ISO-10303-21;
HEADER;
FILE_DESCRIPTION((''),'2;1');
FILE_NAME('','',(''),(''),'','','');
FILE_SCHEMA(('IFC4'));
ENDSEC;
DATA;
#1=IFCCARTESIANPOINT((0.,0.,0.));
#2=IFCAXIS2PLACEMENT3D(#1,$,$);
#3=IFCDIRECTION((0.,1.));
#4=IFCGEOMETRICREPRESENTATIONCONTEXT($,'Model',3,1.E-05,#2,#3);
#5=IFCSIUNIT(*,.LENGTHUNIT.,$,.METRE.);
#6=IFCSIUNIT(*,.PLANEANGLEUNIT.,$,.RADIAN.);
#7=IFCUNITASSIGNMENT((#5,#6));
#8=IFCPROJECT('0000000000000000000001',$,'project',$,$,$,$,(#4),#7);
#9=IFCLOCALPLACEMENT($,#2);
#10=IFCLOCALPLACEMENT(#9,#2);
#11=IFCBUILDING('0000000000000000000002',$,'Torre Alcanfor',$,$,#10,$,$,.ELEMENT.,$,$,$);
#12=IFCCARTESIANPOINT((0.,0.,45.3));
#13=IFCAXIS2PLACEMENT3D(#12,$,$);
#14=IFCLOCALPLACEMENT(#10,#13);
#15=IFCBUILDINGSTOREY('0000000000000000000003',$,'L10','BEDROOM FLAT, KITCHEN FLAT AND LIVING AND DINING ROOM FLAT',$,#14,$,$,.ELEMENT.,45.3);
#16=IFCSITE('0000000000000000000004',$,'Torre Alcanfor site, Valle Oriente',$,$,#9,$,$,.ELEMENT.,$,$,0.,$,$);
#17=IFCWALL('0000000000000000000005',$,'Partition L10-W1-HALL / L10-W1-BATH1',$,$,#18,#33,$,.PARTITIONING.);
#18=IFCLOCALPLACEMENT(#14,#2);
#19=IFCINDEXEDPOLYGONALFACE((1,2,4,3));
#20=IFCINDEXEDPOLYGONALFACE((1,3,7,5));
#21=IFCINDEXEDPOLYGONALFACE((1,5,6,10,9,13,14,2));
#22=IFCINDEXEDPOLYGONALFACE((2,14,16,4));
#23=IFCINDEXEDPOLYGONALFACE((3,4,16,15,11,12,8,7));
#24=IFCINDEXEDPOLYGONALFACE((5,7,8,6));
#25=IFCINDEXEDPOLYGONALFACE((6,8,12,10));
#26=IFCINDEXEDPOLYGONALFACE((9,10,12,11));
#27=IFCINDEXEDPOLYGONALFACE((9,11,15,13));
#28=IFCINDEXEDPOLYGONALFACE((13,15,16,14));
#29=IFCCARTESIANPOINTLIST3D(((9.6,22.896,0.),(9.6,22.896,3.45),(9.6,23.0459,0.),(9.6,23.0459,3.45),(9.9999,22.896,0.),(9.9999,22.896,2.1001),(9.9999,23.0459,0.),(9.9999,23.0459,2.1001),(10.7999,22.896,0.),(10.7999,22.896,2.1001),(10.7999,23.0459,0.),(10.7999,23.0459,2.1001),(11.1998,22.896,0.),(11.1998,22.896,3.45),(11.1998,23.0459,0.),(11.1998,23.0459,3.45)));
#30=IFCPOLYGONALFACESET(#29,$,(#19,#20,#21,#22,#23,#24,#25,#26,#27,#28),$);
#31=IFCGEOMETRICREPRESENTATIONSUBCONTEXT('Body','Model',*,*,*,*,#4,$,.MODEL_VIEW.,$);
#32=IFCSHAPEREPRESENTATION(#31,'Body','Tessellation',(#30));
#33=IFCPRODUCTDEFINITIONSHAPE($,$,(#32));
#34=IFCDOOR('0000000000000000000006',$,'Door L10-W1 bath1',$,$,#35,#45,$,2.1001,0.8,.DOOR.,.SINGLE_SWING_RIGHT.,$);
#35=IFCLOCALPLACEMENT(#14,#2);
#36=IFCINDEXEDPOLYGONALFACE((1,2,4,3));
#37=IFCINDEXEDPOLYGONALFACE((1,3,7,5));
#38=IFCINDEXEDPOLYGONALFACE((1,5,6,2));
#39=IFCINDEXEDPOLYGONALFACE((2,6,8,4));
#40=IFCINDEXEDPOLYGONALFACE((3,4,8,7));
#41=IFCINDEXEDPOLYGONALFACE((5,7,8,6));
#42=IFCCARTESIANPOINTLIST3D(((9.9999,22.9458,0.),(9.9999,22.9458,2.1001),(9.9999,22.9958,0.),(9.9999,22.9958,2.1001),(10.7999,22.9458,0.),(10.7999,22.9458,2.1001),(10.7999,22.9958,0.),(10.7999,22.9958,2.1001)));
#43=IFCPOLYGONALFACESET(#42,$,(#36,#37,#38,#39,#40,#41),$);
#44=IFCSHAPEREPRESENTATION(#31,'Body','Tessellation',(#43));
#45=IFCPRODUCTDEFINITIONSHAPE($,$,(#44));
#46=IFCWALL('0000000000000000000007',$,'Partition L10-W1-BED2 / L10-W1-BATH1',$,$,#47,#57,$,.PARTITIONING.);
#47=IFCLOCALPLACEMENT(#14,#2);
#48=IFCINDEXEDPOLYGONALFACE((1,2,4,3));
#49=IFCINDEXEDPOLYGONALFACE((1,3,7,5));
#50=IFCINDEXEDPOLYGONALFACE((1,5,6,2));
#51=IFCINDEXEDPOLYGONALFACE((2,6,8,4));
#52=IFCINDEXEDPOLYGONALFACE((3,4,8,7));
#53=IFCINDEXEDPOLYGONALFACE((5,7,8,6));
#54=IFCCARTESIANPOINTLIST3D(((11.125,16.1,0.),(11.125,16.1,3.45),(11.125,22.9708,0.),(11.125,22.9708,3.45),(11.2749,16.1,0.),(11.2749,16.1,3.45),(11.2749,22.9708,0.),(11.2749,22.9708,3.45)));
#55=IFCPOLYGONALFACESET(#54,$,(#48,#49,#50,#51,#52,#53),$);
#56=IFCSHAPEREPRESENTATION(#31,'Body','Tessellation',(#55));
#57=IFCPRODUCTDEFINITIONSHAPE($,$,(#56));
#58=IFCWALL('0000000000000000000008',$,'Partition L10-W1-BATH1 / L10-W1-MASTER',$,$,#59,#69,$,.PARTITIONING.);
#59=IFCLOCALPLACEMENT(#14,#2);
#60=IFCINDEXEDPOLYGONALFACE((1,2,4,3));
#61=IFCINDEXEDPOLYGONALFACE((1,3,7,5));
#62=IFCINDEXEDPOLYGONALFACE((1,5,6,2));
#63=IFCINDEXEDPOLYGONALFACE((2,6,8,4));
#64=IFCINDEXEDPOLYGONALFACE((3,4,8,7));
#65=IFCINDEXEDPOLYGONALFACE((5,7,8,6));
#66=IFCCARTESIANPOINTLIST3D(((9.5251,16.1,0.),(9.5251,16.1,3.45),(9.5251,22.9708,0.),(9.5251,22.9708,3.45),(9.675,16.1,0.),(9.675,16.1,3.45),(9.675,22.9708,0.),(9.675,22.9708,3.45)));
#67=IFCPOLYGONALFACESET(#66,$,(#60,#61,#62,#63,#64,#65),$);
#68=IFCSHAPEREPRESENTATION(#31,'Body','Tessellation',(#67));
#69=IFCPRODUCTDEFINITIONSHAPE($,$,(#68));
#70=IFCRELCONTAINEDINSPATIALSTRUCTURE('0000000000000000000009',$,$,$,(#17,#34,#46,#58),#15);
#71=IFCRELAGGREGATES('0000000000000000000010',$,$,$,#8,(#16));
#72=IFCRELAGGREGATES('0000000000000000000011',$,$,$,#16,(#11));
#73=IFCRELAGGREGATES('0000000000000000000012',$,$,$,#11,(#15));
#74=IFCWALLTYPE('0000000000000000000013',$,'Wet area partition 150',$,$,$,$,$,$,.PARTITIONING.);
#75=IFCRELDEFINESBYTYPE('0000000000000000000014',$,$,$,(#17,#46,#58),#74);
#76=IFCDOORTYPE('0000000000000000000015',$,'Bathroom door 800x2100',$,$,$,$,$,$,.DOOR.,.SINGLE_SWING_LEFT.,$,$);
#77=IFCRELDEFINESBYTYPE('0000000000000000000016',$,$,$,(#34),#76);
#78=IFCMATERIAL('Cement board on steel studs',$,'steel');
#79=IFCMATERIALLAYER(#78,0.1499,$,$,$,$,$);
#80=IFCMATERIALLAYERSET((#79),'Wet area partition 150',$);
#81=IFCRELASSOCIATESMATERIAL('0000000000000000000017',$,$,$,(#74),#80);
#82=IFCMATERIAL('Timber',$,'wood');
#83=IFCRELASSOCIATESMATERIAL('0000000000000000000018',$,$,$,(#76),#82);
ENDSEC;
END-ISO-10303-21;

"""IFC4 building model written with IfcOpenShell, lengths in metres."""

from ifc_helpers import new_model, si_unit, direction, frame, frame_2d, origin, place, context, subcontext, project, spatial, rectangle, extrude, material, layer, layer_set, type_object, element, fill, save


model = new_model("IFC4")

# Units and contexts
model_context = context("Model", 3, precision=1e-05, world=origin(), true_north=direction((0.0, 1.0)))
body_context = subcontext(model_context, "Body", "Model", "MODEL_VIEW")
ifc_project = project(units=[si_unit("LENGTHUNIT", "METRE"), si_unit("PLANEANGLEUNIT", "RADIAN")], contexts=[model_context])

# Site, building, storey
site_placement = place(None, origin())
site = spatial("IfcSite", under=ifc_project, at=site_placement, Name="Torre Alcanfor site, Valle Oriente", CompositionType="ELEMENT", RefElevation=0.0)
building_placement = place(site_placement, origin())
building = spatial("IfcBuilding", under=site, at=building_placement, Name="Torre Alcanfor", CompositionType="ELEMENT")
storey_placement = place(building_placement, frame((0.0, 0.0, 45.3)))
storey = spatial("IfcBuildingStorey", under=building, at=storey_placement, Name="L10", Description="BEDROOM FLAT, KITCHEN FLAT AND LIVING AND DINING ROOM FLAT", CompositionType="ELEMENT", Elevation=45.3)

# Wall, opening, door
ifc_material_1 = material(Name="Cement board on steel studs", Category="steel")
ifc_layer_1 = layer(ifc_material_1, 0.1499)
ifc_layer_set_1 = layer_set([ifc_layer_1], Name="Wet area partition 150")
wall_type_1 = type_object("IfcWallType", Name="Wet area partition 150", PredefinedType="PARTITIONING", material=ifc_layer_set_1)
wall_1_placement = place(storey_placement, frame((9.6001, 22.9709, 0.0), z_axis=(0.0, 0.0, 1.0), x_axis=(1.0, 0.0, 0.0)))
wall_1 = element("IfcWall", 1, at=wall_1_placement, inside=storey, type_object=wall_type_1, Name="Partition L10-W1-HALL / L10-W1-BATH1", PredefinedType="PARTITIONING", context=body_context, shape_type="SweptSolid", body=[
    extrude(rectangle(XDim=1.5999, YDim=0.1499, at=frame_2d((0.7998, 0.0))), origin(), (0.0, 0.0, 1.0), 3.45),
])
opening_1_placement = place(wall_1_placement, frame((0.3999, 0.0, 0.0)))
opening_1 = element("IfcOpeningElement", 2, at=opening_1_placement, cuts=wall_1, PredefinedType="OPENING", context=body_context, shape_type="SweptSolid", body=[
    extrude(rectangle(XDim=0.8, YDim=2.1001, at=frame_2d((0.3999, 1.05))), frame((0.0, 0.085, 0.0), z_axis=(0.0, -1.0, 0.0), x_axis=(1.0, 0.0, 0.0)), (0.0, 0.0, 1.0), 0.1699),
])
ifc_material_2 = material(Name="Timber", Category="wood")
door_type_1 = type_object("IfcDoorType", Name="Bathroom door 800x2100", OperationType="SINGLE_SWING_LEFT", PredefinedType="DOOR", material=ifc_material_2)
door_1_placement = place(opening_1_placement, frame((0.8, 0.0, 0.0), z_axis=(0.0, 0.0, 1.0), x_axis=(-1.0, 0.0, 0.0)))
door_1 = element("IfcDoor", 3, at=door_1_placement, inside=storey, type_object=door_type_1, Name="Door L10-W1 bath1", OperationType="SINGLE_SWING_RIGHT", OverallHeight=2.1001, OverallWidth=0.8, PredefinedType="DOOR", context=body_context, shape_type="SweptSolid", body=[
    extrude(rectangle(XDim=0.8, YDim=2.1001, at=frame_2d((0.4001, 1.05))), frame((0.0, 0.0251, 0.0), z_axis=(0.0, -1.0, 0.0), x_axis=(1.0, 0.0, 0.0)), (0.0, 0.0, 1.0), 0.05),
])
fill(opening_1, door_1)

# Walls
for number, where, z_axis, x_axis, name in (
    (4, (11.2, 22.9709, 0.0), (0.0, 0.0, 1.0), (0.0, -1.0, 0.0), "Partition L10-W1-BED2 / L10-W1-BATH1"),
    (5, (9.6001, 22.9709, 0.0), (0.0, 0.0, 1.0), (0.0, -1.0, 0.0), "Partition L10-W1-BATH1 / L10-W1-MASTER"),
):
    element("IfcWall", number, at=place(storey_placement, frame(where, z_axis=z_axis, x_axis=x_axis)), inside=storey, type_object=wall_type_1, Name=name, PredefinedType="PARTITIONING", context=body_context, shape_type="SweptSolid", body=[
        extrude(rectangle(XDim=6.8708, YDim=0.1499, at=frame_2d((3.4355, 0.0))), origin(), (0.0, 0.0, 1.0), 3.45),
    ])

save(model, "model.ifc")
